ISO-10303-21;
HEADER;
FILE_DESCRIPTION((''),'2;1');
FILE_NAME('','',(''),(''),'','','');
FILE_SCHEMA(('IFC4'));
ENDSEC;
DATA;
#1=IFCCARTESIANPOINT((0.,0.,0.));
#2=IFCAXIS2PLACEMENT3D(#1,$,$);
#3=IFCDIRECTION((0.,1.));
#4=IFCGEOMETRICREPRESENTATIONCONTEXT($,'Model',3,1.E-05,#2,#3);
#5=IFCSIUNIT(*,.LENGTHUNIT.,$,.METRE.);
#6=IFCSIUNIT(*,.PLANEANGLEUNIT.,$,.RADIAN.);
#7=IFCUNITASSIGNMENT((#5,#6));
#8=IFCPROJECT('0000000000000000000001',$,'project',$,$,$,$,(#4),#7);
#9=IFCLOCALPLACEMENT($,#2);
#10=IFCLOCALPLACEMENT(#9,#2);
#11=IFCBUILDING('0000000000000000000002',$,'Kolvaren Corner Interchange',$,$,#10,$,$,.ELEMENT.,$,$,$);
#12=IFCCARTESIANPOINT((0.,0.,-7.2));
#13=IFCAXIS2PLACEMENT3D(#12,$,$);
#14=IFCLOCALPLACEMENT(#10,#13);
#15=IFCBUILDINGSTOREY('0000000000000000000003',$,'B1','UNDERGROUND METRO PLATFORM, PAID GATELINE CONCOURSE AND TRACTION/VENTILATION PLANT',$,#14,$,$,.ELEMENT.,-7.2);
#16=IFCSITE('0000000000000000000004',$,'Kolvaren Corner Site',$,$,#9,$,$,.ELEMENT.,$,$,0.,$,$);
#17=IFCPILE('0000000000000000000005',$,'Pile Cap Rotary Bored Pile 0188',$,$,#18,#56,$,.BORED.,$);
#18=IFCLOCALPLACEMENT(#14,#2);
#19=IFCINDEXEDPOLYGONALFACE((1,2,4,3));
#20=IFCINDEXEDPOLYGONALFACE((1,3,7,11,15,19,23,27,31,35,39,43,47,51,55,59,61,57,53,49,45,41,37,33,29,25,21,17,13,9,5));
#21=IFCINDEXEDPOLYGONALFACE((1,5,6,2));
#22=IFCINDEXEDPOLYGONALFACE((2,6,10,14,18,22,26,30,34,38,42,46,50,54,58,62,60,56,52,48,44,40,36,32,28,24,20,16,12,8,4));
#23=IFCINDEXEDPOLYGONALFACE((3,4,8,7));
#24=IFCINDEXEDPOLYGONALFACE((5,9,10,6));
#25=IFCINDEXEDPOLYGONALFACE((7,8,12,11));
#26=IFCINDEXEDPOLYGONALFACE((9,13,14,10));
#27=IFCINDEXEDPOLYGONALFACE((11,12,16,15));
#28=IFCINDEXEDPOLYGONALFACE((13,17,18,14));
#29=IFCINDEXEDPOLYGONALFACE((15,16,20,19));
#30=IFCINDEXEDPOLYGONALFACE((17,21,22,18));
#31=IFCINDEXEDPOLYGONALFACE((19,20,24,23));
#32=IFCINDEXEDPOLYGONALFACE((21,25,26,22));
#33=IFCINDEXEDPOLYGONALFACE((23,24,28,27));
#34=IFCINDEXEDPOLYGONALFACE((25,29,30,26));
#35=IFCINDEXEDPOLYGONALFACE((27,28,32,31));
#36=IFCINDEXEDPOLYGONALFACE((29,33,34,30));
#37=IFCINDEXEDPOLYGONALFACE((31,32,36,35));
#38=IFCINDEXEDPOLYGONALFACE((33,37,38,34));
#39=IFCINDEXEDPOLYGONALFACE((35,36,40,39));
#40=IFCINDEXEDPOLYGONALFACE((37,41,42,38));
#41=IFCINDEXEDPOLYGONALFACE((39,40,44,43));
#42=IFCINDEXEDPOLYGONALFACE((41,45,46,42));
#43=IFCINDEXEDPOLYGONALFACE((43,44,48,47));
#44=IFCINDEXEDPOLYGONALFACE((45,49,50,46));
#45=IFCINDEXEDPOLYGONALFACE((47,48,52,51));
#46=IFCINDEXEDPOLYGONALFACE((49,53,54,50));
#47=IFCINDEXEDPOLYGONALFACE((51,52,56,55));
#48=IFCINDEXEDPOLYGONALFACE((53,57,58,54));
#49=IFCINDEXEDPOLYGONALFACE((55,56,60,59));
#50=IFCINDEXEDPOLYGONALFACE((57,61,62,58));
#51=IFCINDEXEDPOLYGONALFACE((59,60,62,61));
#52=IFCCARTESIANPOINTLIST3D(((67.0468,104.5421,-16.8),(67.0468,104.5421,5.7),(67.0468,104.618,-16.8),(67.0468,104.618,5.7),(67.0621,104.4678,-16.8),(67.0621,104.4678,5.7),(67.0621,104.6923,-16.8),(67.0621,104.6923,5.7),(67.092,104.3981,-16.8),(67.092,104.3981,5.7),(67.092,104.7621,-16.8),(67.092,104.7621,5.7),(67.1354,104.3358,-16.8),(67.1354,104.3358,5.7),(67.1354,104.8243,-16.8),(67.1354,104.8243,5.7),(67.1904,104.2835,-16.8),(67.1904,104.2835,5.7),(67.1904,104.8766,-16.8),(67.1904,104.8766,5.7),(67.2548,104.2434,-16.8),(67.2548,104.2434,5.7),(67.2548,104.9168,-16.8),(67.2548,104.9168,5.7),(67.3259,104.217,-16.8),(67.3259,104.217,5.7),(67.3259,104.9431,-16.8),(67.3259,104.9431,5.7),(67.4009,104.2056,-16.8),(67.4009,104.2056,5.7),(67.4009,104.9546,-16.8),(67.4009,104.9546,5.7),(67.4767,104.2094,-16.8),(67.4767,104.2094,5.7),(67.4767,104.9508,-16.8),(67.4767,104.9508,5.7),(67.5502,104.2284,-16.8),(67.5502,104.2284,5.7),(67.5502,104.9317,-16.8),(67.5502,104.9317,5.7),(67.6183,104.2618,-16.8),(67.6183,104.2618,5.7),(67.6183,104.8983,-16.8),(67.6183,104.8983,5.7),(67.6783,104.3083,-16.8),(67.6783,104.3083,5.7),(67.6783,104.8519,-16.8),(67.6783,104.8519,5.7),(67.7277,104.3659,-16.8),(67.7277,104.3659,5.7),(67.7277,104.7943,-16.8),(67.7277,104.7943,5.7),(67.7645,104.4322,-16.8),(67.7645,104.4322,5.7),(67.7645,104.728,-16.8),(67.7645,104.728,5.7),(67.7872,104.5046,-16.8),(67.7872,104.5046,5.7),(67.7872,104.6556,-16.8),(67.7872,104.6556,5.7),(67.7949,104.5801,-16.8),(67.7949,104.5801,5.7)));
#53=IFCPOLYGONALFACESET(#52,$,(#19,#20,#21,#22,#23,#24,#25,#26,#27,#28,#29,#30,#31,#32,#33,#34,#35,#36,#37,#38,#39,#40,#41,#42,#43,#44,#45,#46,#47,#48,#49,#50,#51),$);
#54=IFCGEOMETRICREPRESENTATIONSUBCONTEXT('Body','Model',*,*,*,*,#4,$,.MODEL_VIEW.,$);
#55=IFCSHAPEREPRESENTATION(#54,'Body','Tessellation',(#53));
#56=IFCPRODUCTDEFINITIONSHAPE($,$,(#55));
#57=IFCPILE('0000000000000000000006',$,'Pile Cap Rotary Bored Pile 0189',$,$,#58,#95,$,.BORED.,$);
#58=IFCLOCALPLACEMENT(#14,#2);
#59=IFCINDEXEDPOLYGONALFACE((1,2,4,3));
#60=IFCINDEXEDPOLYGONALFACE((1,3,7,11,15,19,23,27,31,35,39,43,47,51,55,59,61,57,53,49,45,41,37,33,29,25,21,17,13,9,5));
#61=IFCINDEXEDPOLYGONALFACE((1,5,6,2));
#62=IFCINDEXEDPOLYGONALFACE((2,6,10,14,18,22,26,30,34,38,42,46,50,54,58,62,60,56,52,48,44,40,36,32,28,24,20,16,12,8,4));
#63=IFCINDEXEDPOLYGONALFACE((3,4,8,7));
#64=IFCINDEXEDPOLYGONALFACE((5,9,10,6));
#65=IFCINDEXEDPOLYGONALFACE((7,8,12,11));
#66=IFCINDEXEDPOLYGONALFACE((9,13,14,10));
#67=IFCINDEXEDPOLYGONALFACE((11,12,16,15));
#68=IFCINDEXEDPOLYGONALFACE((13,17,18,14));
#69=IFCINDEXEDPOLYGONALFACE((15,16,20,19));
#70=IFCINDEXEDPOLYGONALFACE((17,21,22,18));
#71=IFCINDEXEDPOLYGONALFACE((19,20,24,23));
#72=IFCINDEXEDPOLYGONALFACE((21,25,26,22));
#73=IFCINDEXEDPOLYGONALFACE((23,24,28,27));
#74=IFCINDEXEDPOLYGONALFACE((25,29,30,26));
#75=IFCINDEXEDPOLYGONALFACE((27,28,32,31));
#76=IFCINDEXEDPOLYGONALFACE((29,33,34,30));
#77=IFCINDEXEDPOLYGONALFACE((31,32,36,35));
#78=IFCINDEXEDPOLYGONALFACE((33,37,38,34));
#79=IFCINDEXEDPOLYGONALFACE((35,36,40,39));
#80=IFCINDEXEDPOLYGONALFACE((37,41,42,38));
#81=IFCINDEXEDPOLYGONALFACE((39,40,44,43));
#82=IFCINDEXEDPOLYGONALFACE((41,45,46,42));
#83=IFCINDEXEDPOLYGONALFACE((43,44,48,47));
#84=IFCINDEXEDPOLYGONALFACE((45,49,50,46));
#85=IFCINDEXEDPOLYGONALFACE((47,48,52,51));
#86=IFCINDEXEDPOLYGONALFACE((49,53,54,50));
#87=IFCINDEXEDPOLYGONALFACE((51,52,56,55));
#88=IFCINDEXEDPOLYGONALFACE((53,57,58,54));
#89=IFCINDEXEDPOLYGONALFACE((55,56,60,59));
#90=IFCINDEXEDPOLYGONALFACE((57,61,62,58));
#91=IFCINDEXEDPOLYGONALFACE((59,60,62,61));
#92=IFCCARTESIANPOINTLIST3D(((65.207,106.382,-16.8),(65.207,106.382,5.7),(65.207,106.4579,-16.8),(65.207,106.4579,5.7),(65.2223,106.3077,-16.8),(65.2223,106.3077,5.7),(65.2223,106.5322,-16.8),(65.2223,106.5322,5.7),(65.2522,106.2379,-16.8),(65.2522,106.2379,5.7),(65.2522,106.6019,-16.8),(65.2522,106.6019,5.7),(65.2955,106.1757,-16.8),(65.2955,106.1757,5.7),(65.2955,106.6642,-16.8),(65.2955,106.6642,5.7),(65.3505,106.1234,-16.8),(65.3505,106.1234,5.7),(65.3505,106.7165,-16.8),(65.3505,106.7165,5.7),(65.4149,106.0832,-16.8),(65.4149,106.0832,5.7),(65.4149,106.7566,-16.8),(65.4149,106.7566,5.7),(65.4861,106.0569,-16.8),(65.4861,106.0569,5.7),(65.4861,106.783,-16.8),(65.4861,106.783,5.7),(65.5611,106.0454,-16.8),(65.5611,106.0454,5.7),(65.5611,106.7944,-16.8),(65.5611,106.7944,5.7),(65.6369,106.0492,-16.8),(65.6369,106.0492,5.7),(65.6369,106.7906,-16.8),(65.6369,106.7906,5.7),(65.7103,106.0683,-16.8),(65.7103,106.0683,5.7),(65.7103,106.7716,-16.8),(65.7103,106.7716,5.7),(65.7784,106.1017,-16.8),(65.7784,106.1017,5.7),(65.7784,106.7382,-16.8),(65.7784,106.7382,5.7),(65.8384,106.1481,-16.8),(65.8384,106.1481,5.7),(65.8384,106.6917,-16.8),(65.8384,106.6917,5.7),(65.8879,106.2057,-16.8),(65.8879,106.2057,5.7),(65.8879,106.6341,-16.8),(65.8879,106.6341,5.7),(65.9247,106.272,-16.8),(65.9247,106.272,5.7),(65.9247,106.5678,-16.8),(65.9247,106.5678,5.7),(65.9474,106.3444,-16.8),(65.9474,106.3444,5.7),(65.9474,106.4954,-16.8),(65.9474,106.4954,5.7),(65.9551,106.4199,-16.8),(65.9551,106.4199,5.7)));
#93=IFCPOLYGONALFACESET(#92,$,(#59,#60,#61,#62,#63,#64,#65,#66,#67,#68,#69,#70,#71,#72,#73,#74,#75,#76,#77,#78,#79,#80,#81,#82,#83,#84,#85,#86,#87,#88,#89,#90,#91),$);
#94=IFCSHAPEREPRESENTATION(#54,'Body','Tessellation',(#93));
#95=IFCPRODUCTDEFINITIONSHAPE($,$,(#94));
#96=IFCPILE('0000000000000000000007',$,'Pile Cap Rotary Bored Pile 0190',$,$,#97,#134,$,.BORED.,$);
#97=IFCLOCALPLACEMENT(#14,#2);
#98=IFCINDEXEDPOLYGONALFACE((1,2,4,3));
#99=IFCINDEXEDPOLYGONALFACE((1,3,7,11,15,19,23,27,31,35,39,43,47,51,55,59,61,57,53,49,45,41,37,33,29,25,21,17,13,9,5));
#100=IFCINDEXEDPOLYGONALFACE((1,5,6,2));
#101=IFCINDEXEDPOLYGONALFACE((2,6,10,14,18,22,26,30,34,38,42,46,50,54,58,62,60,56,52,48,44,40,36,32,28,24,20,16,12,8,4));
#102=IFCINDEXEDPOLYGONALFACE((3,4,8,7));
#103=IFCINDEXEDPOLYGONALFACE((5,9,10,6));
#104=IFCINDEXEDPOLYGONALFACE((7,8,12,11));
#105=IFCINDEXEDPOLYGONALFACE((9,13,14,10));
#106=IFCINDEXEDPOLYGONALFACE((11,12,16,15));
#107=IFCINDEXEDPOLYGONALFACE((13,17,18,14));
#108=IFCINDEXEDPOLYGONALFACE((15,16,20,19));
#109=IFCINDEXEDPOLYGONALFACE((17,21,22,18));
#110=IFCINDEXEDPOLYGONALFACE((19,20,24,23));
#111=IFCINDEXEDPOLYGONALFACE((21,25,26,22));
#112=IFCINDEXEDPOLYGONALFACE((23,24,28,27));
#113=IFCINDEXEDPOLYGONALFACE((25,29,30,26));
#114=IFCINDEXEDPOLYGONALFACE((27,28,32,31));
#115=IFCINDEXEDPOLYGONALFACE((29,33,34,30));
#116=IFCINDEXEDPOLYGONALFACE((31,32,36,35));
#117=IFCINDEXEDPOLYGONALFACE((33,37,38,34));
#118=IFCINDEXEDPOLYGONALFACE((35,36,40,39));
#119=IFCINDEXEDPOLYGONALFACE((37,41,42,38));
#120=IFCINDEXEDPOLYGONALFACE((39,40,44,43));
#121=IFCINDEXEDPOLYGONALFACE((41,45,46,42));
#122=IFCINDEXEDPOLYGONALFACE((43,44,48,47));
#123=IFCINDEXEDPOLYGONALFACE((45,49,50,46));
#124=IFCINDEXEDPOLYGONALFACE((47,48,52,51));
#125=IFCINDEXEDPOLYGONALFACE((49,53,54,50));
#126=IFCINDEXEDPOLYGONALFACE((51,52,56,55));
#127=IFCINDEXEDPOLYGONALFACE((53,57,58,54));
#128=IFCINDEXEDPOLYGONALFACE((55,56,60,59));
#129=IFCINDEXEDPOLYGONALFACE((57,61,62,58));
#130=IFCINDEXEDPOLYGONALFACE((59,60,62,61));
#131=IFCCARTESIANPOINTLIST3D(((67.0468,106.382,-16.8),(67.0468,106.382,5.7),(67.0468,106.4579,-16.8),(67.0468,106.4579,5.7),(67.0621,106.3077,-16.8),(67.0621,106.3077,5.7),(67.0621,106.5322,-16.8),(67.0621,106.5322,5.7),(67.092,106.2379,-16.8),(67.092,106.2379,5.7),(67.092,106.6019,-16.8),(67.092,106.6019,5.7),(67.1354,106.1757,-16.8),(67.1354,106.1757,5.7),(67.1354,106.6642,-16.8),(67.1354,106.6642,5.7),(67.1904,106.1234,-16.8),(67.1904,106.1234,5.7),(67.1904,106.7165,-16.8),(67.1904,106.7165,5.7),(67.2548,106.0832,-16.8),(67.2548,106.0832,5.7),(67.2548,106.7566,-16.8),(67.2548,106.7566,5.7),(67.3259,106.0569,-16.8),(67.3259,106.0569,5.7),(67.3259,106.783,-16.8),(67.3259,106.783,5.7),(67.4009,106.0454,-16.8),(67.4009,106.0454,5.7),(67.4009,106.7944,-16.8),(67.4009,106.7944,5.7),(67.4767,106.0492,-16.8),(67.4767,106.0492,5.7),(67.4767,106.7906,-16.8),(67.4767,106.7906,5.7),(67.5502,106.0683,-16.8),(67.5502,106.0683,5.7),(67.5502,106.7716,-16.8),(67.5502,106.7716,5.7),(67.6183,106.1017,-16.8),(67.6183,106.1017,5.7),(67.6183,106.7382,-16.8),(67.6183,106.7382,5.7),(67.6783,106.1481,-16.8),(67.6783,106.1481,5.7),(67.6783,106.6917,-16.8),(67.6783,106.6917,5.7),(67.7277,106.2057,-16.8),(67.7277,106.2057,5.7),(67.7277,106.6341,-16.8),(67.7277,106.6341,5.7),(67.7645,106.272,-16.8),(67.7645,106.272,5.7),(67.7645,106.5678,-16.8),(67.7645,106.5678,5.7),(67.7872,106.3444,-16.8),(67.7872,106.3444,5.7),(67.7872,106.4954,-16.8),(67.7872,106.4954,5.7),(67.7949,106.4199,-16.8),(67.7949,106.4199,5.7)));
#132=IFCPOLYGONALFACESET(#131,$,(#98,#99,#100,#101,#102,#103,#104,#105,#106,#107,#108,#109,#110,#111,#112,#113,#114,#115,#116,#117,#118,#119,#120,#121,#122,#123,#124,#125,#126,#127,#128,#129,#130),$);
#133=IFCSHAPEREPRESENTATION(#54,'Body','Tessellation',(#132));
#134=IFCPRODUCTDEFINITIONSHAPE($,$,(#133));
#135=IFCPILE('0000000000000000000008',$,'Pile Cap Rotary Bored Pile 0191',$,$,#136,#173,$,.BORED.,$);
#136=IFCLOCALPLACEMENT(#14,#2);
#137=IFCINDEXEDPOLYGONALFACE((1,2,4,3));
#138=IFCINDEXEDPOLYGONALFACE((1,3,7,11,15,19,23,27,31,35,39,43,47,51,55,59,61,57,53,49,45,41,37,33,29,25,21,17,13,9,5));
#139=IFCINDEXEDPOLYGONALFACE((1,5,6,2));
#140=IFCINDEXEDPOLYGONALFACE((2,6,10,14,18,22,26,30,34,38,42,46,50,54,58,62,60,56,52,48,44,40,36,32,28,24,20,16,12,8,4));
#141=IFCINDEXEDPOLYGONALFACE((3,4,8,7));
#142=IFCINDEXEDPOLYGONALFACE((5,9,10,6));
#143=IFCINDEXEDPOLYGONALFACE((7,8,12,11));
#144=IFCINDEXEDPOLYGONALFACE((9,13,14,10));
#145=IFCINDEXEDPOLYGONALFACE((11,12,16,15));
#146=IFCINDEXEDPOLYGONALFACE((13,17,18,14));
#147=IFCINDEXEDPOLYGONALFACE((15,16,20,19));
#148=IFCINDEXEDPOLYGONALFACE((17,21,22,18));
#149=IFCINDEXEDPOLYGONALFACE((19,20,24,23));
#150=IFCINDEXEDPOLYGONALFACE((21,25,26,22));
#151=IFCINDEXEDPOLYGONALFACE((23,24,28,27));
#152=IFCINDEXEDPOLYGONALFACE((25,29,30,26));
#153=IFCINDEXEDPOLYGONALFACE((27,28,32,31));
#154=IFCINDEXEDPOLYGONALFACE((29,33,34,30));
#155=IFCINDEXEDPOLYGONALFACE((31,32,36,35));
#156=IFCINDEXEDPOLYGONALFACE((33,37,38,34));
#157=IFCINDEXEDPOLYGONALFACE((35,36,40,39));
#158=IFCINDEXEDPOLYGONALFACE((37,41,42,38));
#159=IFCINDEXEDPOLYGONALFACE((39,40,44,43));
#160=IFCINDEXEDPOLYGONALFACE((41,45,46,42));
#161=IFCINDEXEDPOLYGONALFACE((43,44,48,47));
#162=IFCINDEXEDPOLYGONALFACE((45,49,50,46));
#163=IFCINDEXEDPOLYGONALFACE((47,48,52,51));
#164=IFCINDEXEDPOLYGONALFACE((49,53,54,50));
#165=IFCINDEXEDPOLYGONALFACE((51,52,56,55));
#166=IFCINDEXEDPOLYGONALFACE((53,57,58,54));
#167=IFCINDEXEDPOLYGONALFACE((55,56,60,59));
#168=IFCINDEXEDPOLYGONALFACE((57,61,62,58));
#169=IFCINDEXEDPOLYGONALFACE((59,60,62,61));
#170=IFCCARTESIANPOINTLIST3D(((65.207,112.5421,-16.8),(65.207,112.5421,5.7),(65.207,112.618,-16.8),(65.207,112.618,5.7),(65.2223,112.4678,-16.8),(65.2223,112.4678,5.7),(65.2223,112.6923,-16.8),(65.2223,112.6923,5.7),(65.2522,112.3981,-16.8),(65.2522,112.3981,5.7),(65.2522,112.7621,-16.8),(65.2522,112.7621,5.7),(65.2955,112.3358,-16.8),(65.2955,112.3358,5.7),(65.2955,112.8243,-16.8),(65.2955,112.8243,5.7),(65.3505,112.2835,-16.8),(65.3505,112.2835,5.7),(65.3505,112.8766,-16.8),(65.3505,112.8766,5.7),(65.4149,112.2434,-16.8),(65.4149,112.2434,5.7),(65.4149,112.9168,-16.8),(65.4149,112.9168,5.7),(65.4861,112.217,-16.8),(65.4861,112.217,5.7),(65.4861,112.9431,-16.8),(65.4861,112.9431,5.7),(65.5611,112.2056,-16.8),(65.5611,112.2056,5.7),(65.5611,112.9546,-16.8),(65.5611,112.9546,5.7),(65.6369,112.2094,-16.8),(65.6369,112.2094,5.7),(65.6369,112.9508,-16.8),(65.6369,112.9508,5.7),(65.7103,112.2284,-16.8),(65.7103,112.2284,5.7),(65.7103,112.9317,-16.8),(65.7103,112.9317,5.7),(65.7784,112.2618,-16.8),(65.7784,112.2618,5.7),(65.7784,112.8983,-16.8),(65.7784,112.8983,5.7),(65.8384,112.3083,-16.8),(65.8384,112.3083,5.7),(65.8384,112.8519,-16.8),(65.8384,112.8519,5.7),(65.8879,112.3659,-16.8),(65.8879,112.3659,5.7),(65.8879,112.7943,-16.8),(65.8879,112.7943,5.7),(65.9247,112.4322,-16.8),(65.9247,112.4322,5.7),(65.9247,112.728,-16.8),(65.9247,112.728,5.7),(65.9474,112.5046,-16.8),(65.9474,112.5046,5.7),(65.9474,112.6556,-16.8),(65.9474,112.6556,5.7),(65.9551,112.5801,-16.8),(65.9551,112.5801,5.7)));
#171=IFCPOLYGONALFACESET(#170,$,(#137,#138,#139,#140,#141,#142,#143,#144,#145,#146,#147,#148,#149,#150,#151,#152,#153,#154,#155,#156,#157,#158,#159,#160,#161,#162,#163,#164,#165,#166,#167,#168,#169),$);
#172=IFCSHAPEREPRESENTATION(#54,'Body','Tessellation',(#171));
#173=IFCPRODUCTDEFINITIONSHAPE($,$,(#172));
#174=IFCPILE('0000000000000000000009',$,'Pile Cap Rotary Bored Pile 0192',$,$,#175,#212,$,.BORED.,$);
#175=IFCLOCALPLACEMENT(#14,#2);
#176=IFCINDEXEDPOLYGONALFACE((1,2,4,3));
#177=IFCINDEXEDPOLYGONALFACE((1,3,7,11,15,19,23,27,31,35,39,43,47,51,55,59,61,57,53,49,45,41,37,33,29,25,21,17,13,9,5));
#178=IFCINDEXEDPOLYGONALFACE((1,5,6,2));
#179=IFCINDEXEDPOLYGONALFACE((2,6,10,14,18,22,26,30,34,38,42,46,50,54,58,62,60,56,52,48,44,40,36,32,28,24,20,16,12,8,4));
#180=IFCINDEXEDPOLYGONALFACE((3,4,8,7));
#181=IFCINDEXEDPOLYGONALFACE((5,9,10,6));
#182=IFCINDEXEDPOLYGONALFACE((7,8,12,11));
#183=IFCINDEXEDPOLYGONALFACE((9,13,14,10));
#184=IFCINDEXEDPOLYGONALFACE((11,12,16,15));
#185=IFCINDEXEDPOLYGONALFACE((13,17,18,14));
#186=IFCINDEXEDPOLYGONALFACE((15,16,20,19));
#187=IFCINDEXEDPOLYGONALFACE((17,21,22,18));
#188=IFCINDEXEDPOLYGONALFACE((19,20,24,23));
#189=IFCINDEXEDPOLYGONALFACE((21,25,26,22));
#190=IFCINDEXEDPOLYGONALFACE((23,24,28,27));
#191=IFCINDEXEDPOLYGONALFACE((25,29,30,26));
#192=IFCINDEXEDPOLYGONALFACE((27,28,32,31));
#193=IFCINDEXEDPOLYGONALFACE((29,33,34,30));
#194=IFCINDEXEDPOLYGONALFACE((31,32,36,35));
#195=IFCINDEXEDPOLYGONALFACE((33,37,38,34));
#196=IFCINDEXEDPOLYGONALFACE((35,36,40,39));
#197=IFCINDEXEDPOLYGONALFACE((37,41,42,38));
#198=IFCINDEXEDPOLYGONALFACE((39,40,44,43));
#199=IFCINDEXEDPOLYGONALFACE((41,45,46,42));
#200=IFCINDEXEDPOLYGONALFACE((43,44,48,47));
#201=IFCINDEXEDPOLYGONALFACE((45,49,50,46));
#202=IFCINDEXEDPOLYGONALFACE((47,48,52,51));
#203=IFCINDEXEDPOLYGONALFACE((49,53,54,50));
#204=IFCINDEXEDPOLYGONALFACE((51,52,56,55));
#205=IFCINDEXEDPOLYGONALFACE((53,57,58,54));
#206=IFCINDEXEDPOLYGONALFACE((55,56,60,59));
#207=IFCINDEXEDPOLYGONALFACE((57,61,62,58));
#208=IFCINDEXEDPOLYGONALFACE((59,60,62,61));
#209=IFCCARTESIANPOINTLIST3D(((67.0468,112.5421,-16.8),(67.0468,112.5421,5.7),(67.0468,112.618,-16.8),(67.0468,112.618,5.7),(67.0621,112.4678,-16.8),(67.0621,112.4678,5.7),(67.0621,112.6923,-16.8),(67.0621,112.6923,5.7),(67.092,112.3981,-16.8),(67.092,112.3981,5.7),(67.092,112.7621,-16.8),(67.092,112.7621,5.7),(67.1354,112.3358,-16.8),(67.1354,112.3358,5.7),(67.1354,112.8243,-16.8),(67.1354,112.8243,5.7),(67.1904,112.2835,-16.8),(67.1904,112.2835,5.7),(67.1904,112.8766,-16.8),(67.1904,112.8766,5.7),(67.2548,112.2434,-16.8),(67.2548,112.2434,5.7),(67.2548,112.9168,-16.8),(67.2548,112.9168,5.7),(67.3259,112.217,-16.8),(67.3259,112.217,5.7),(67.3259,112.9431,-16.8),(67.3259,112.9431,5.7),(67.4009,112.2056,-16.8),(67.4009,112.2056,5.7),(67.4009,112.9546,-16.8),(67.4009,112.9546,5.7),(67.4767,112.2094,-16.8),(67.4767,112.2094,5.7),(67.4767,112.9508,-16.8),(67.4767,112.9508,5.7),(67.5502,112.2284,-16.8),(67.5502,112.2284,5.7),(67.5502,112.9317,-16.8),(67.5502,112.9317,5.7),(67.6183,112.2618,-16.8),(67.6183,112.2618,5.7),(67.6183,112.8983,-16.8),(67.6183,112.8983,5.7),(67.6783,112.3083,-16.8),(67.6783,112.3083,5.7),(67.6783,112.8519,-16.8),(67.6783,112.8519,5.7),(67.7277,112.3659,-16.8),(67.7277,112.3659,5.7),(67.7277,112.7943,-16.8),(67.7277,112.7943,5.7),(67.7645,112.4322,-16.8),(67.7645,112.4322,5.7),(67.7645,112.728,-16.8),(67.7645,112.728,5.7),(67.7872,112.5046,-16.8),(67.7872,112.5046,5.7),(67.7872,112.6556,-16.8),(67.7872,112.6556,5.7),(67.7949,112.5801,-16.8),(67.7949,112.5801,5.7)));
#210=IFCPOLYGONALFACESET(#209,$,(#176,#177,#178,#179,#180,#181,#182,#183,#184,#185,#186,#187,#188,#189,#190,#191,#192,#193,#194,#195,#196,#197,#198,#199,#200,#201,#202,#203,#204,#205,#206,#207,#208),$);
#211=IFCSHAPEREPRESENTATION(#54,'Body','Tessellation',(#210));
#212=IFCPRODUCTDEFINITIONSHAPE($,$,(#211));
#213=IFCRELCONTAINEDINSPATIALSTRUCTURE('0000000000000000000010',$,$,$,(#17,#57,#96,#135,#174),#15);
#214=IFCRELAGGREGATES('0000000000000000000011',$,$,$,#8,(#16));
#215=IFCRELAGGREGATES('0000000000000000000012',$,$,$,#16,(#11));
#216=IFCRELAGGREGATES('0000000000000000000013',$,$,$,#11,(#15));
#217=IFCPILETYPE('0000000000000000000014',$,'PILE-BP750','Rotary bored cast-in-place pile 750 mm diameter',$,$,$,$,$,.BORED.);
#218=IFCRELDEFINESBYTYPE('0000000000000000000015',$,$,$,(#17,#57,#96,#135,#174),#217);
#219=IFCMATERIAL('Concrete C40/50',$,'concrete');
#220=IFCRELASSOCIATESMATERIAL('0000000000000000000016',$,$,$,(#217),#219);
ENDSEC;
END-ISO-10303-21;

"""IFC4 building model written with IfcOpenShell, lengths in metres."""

from ifc_helpers import new_model, si_unit, direction, frame, origin, origin_2d, place, context, subcontext, project, spatial, circle, extrude, material, material_profile, profile_set, type_object, element, save


model = new_model("IFC4")

# Units and contexts
model_context = context("Model", 3, precision=1e-05, world=origin(), true_north=direction((0.0, 1.0)))
body_context = subcontext(model_context, "Body", "Model", "MODEL_VIEW")
ifc_project = project(units=[si_unit("LENGTHUNIT", "METRE"), si_unit("PLANEANGLEUNIT", "RADIAN")], contexts=[model_context])

# Site, building, storey
site_placement = place(None, origin())
site = spatial("IfcSite", under=ifc_project, at=site_placement, Name="Kolvaren Corner Site", CompositionType="ELEMENT", RefElevation=0.0)
building_placement = place(site_placement, origin())
building = spatial("IfcBuilding", under=site, at=building_placement, Name="Kolvaren Corner Interchange", CompositionType="ELEMENT")
storey_placement = place(building_placement, frame((0.0, 0.0, -7.2)))
storey = spatial("IfcBuildingStorey", under=building, at=storey_placement, Name="B1", Description="UNDERGROUND METRO PLATFORM, PAID GATELINE CONCOURSE AND TRACTION/VENTILATION PLANT", CompositionType="ELEMENT", Elevation=-7.2)

# Piles
ifc_material_1 = material(Name="Concrete C40/50", Category="concrete")
ifc_material_profile_1 = material_profile(ifc_material_1, circle(Radius=0.375, at=origin_2d()), Name="BORED PILE 750")
ifc_profile_set_1 = profile_set([ifc_material_profile_1], Name="Concrete C40/50")
pile_type_1 = type_object("IfcPileType", Name="PILE-BP750", Description="Rotary bored cast-in-place pile 750 mm diameter", PredefinedType="BORED", material=ifc_profile_set_1)
for number, where, z_axis, x_axis, name in (
    (1, (67.4199, 104.5801, 5.7), (0.0, 0.0, -1.0), (1.0, 0.0, 0.0), "Pile Cap Rotary Bored Pile 0188"),
    (2, (65.5801, 106.4199, 5.7), (0.0, 0.0, -1.0), (1.0, 0.0, 0.0), "Pile Cap Rotary Bored Pile 0189"),
    (3, (67.4199, 106.4199, 5.7), (0.0, 0.0, -1.0), (1.0, 0.0, 0.0), "Pile Cap Rotary Bored Pile 0190"),
    (4, (65.5801, 112.5801, 5.7), (0.0, 0.0, -1.0), (1.0, 0.0, 0.0), "Pile Cap Rotary Bored Pile 0191"),
    (5, (67.4199, 112.5801, 5.7), (0.0, 0.0, -1.0), (1.0, 0.0, 0.0), "Pile Cap Rotary Bored Pile 0192"),
):
    element("IfcPile", number, at=place(storey_placement, frame(where, z_axis=z_axis, x_axis=x_axis)), inside=storey, type_object=pile_type_1, Name=name, PredefinedType="BORED", context=body_context, shape_type="SweptSolid", body=[
        extrude(circle(Radius=0.375, at=origin_2d()), origin(), (0.0, 0.0, 1.0), 22.5),
    ])

save(model, "model.ifc")
